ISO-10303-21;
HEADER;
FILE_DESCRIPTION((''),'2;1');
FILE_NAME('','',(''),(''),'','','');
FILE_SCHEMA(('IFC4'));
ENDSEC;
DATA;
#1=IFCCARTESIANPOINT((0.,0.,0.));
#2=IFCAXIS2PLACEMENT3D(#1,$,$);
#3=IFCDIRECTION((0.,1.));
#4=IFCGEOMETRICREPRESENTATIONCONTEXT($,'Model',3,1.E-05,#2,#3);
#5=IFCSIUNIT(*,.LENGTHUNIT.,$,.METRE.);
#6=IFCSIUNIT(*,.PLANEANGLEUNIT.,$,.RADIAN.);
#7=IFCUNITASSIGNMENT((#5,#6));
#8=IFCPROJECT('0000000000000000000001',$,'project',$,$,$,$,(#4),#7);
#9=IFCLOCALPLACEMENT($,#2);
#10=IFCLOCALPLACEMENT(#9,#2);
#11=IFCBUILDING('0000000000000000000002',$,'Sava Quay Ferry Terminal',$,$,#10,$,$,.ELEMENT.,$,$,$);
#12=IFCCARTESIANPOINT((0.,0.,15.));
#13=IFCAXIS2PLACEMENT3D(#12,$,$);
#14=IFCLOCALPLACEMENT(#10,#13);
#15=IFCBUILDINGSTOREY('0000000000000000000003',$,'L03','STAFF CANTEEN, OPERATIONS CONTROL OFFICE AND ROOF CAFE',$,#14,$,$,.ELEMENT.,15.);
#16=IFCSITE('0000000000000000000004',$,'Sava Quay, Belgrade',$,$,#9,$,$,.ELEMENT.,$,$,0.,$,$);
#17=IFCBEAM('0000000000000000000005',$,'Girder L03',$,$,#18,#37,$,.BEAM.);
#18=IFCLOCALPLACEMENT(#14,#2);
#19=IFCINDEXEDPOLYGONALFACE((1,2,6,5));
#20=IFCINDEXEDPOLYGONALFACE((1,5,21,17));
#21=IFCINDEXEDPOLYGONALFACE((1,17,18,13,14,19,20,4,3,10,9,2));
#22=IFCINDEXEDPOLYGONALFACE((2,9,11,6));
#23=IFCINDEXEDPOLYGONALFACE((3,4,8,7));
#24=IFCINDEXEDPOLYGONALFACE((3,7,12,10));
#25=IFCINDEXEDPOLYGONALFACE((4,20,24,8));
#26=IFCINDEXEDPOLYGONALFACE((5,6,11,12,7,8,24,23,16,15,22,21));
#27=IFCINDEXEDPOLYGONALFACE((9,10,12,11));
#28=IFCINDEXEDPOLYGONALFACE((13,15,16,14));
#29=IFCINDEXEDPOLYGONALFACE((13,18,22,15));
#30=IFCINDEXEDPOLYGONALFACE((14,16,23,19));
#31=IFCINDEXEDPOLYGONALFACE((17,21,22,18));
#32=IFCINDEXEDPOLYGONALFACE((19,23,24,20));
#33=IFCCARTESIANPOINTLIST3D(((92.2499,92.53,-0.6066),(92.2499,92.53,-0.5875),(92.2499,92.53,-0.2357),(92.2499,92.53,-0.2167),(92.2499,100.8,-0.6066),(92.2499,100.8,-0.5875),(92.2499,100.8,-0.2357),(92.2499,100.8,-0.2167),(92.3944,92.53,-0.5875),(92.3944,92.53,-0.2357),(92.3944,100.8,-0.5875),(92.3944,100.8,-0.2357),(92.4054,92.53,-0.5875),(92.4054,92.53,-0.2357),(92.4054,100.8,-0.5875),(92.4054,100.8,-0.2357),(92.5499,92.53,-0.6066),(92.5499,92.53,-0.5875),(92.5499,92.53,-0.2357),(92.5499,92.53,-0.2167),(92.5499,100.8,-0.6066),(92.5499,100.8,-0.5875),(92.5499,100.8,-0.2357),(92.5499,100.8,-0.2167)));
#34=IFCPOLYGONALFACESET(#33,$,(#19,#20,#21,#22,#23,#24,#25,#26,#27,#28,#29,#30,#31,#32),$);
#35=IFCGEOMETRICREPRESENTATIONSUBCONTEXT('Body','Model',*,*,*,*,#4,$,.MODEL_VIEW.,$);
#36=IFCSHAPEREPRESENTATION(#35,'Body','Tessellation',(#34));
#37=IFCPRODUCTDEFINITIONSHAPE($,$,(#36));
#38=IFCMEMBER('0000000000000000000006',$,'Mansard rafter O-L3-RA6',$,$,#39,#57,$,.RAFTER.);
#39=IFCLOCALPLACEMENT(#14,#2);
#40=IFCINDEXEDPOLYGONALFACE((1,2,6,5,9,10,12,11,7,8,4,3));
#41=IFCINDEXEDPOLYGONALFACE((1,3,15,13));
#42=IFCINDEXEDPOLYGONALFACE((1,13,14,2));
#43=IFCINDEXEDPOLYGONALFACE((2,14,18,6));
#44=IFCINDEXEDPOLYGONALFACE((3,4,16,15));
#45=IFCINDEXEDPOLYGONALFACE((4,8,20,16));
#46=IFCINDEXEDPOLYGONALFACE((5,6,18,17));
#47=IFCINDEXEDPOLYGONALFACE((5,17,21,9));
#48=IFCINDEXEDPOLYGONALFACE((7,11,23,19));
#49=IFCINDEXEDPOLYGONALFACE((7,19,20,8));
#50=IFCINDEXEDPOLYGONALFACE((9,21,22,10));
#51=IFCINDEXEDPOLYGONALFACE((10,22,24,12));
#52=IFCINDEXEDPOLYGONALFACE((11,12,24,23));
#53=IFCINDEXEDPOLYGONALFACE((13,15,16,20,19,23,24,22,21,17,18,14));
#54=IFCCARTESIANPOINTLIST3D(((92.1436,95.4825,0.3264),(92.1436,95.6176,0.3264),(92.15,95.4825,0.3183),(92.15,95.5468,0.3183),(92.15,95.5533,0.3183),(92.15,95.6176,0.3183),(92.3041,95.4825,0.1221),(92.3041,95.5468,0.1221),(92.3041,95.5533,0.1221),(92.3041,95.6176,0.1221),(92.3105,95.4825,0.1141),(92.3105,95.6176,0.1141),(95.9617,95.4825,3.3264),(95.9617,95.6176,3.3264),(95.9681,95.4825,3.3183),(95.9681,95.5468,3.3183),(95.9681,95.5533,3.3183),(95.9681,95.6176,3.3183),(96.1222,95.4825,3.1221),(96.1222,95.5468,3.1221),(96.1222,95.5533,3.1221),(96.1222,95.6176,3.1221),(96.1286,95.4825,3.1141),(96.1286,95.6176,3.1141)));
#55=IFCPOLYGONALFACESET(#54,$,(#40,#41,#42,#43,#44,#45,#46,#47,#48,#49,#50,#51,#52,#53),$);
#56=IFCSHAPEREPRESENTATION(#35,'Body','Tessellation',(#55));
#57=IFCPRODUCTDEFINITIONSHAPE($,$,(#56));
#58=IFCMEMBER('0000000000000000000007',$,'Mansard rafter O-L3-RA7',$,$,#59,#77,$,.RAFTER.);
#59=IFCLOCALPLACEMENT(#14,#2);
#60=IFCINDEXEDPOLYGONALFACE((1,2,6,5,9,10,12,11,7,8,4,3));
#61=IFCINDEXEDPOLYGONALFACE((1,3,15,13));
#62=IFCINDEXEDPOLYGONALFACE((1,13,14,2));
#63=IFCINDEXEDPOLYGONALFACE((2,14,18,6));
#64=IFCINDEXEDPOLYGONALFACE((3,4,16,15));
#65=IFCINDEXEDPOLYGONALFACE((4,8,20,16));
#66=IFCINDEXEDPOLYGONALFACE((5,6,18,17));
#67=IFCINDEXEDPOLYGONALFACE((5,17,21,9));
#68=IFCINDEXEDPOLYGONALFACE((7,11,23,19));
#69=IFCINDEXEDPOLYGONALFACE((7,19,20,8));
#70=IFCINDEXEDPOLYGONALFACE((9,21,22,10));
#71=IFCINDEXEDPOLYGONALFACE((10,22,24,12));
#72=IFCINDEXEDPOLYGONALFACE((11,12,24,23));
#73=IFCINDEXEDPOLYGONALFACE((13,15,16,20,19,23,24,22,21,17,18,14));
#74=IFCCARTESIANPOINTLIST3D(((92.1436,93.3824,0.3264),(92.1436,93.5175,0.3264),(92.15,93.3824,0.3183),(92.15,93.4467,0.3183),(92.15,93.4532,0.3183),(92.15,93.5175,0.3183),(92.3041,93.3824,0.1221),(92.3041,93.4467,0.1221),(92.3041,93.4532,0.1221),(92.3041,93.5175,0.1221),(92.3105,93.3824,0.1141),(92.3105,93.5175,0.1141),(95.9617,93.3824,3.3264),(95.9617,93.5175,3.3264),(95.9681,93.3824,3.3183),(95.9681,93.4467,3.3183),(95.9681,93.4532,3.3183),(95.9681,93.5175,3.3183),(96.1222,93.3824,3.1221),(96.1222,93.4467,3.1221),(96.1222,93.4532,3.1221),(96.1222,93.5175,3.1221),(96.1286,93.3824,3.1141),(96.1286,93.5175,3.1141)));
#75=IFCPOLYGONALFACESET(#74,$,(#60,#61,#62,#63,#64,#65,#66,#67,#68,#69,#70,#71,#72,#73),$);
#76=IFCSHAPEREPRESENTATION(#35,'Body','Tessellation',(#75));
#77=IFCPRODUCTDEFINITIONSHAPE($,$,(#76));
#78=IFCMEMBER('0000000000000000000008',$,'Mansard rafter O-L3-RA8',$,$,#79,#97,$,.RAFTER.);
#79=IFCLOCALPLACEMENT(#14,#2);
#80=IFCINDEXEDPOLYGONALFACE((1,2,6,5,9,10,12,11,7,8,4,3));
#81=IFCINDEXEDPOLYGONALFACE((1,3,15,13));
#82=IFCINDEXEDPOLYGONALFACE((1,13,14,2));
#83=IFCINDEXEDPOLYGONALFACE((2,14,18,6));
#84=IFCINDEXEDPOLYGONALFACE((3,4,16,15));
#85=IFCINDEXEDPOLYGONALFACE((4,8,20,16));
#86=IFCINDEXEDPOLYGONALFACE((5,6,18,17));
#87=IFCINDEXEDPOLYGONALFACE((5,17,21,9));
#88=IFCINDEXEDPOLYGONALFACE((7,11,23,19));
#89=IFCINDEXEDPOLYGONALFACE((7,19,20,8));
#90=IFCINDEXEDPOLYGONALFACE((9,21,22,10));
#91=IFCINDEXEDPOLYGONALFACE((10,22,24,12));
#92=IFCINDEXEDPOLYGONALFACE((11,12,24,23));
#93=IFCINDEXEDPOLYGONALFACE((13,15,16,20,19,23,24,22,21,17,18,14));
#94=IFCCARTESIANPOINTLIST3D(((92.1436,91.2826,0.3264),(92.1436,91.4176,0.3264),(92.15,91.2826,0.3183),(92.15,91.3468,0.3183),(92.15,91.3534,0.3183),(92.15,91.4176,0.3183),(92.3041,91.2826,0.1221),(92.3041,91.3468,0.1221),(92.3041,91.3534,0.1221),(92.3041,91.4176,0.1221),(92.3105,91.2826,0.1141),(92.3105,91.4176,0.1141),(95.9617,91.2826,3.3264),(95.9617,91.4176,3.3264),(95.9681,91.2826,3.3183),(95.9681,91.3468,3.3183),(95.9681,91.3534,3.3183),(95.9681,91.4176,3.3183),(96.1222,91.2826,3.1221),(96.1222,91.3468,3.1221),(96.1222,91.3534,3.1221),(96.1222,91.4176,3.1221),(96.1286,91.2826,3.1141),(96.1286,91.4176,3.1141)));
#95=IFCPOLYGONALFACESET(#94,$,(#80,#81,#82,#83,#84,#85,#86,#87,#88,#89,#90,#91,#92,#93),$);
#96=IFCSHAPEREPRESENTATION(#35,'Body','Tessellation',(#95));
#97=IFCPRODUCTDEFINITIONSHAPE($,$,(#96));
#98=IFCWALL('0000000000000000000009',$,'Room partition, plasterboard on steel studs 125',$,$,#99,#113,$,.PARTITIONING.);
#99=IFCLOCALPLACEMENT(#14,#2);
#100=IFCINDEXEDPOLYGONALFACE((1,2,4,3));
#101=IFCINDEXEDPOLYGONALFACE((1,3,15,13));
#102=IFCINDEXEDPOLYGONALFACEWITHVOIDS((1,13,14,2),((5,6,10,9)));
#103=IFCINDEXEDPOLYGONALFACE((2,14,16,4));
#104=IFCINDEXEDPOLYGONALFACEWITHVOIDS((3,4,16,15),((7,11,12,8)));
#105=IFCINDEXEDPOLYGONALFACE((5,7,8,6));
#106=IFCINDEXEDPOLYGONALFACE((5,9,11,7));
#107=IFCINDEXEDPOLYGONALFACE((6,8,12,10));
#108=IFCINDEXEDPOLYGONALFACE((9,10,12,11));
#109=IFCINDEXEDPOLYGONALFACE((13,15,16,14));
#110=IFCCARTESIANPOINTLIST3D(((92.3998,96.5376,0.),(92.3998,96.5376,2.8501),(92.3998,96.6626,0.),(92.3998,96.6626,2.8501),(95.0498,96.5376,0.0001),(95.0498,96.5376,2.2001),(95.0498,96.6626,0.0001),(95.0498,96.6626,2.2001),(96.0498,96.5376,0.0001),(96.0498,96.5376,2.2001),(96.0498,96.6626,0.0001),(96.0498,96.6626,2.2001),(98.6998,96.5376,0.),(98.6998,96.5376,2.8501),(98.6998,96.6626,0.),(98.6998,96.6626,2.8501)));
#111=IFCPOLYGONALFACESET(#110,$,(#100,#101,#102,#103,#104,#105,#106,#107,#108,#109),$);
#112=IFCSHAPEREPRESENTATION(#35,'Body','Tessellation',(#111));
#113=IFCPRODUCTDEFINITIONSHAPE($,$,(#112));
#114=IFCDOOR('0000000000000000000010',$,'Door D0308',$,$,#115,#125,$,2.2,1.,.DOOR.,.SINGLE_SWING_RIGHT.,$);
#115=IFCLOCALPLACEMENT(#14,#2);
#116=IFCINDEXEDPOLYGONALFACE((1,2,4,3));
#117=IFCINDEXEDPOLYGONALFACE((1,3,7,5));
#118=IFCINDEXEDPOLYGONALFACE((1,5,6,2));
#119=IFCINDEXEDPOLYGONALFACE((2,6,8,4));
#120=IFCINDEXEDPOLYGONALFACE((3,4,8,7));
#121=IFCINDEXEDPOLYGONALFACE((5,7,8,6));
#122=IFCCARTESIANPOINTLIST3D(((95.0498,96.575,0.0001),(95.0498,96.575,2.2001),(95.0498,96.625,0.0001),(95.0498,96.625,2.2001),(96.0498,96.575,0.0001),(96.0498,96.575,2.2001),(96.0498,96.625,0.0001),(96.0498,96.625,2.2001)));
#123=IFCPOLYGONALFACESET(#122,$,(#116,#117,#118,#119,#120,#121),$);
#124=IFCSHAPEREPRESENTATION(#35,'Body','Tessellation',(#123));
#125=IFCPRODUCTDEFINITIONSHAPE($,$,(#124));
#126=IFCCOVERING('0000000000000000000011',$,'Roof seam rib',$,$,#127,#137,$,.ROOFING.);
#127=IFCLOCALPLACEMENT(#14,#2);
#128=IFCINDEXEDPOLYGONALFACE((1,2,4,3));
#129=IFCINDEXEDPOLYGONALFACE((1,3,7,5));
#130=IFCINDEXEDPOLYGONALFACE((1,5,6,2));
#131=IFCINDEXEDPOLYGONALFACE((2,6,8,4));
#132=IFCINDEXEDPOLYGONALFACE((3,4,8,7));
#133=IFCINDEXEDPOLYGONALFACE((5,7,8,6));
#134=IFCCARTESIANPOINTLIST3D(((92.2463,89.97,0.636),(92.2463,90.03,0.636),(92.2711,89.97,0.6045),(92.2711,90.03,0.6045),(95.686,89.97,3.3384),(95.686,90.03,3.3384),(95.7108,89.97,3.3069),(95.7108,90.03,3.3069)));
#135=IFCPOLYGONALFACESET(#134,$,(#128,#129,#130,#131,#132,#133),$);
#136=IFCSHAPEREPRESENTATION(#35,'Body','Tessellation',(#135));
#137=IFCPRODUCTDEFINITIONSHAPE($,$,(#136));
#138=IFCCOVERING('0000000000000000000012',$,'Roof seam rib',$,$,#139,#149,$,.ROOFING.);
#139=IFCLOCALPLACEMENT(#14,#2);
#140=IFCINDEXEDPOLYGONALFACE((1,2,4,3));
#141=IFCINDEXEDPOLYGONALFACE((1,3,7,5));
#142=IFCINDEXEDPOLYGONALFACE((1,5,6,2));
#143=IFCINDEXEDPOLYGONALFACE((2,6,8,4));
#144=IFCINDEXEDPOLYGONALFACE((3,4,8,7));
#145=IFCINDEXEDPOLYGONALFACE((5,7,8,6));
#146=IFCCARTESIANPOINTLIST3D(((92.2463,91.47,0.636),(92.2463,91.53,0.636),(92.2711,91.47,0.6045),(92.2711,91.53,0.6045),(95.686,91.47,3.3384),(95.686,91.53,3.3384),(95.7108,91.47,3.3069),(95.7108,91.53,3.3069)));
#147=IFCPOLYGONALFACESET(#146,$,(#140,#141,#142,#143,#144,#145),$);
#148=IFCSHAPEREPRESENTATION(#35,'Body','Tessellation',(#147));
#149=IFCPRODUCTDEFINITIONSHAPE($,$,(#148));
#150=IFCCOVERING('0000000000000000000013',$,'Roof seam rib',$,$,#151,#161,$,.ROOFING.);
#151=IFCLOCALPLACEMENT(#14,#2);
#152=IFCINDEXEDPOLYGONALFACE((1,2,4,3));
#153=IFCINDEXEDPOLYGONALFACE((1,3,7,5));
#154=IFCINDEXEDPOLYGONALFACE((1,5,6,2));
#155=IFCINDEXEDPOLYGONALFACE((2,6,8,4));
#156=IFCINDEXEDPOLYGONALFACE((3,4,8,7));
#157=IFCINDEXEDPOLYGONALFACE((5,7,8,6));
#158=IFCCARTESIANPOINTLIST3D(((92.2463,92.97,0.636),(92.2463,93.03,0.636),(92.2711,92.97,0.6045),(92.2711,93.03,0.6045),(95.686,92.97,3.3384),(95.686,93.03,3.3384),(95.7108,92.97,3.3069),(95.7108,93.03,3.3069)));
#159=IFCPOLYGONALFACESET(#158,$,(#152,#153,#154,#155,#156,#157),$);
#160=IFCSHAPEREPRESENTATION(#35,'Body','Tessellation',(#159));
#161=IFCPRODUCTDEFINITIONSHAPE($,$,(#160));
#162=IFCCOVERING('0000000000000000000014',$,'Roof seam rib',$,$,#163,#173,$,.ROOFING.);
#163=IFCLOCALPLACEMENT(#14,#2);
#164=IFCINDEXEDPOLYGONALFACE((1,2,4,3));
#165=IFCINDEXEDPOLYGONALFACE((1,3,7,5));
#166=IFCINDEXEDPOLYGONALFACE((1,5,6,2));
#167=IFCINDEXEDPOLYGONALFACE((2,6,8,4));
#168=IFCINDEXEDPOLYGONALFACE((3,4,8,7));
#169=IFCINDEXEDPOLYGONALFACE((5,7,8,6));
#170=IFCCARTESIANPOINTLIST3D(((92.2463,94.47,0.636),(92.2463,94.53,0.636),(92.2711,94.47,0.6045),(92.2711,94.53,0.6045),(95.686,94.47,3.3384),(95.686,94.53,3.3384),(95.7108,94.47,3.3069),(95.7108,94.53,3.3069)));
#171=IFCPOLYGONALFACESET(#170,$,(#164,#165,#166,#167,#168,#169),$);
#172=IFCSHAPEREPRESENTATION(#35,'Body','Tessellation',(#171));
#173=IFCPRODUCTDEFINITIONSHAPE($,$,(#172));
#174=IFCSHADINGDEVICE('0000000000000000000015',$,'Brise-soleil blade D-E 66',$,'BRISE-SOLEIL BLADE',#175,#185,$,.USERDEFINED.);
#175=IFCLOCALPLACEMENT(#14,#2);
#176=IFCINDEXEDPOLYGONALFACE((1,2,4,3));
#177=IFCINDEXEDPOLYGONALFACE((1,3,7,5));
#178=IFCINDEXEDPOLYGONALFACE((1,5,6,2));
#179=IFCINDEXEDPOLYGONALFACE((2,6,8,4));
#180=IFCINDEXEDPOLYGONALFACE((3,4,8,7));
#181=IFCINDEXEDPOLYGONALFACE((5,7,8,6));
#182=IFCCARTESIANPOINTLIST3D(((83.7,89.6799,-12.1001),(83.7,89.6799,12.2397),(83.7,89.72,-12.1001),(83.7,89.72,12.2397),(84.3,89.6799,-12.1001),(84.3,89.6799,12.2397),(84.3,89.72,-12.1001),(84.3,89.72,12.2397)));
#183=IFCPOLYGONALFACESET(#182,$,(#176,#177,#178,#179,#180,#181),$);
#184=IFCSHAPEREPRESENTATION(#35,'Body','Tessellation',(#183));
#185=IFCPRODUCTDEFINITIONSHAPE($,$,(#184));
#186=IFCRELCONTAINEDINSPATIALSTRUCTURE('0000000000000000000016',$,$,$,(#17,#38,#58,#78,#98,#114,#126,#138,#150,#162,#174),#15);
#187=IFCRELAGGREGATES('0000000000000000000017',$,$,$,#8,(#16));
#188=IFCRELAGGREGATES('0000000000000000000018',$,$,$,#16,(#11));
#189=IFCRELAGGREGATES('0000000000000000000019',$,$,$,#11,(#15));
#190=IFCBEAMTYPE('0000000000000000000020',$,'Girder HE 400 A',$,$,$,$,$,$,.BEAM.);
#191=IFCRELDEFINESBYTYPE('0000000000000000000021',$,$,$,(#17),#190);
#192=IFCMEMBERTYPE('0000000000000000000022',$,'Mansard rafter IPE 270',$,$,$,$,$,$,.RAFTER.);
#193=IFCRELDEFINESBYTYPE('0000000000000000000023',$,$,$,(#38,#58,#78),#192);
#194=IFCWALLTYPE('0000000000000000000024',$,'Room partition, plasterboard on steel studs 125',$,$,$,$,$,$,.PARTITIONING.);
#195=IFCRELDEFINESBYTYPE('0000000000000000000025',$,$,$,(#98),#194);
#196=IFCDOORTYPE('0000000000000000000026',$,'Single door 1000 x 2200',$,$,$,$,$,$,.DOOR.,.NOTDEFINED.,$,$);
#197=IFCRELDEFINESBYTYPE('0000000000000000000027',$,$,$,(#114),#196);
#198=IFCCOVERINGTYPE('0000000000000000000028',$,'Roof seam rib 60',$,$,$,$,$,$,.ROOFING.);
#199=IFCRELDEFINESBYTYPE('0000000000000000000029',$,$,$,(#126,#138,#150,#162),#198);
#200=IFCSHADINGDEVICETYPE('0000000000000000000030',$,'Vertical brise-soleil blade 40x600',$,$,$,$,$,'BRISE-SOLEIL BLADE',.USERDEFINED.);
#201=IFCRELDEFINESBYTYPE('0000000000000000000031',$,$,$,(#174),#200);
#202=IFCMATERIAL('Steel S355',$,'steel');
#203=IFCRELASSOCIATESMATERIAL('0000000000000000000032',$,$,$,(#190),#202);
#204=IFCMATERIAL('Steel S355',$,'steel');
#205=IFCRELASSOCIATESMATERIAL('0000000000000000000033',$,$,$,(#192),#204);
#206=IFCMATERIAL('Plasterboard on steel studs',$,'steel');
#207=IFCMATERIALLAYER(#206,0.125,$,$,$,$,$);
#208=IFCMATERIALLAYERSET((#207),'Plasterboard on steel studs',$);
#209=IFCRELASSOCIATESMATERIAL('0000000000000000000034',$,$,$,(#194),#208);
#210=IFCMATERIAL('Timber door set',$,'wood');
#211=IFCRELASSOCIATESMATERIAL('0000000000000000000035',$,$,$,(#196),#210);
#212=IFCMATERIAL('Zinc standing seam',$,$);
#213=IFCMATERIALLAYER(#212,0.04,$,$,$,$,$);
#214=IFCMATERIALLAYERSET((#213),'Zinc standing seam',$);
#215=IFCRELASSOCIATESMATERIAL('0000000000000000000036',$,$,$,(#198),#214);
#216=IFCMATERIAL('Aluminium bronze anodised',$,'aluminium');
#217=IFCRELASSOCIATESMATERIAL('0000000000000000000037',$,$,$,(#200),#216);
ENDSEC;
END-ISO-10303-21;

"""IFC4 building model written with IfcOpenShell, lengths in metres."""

from ifc_helpers import new_model, si_unit, direction, frame, frame_2d, origin, origin_2d, place, context, subcontext, project, spatial, polyline, rectangle, i_section, outline, extrude, material, layer, layer_set, material_profile, profile_set, type_object, element, fill, save


model = new_model("IFC4")

# Units and contexts
model_context = context("Model", 3, precision=1e-05, world=origin(), true_north=direction((0.0, 1.0)))
body_context = subcontext(model_context, "Body", "Model", "MODEL_VIEW")
ifc_project = project(units=[si_unit("LENGTHUNIT", "METRE"), si_unit("PLANEANGLEUNIT", "RADIAN")], contexts=[model_context])

# Site, building, storey
site_placement = place(None, origin())
site = spatial("IfcSite", under=ifc_project, at=site_placement, Name="Sava Quay, Belgrade", CompositionType="ELEMENT", RefElevation=0.0)
building_placement = place(site_placement, origin())
building = spatial("IfcBuilding", under=site, at=building_placement, Name="Sava Quay Ferry Terminal", CompositionType="ELEMENT")
storey_placement = place(building_placement, frame((0.0, 0.0, 15.0)))
storey = spatial("IfcBuildingStorey", under=building, at=storey_placement, Name="L03", Description="STAFF CANTEEN, OPERATIONS CONTROL OFFICE AND ROOF CAFE", CompositionType="ELEMENT", Elevation=15.0)

# Beam
ifc_material_1 = material(Name="Steel S355", Category="steel")
ifc_material_profile_1 = material_profile(ifc_material_1, i_section(OverallWidth=0.3, OverallDepth=0.3899, WebThickness=0.011, FlangeThickness=0.019, at=origin_2d()), Name="HE 400 A")
ifc_profile_set_1 = profile_set([ifc_material_profile_1], Name="Steel S355")
beam_type_1 = type_object("IfcBeamType", Name="Girder HE 400 A", PredefinedType="BEAM", material=ifc_profile_set_1)
beam_1_placement = place(storey_placement, frame((92.3999, 92.53, -0.4116), z_axis=(0.0, 1.0, 0.0), x_axis=(-1.0, 0.0, 0.0)))
element("IfcBeam", 1, at=beam_1_placement, inside=storey, type_object=beam_type_1, Name="Girder L03", PredefinedType="BEAM", context=body_context, shape_type="SweptSolid", body=[
    extrude(i_section(OverallWidth=0.3, OverallDepth=0.3899, WebThickness=0.011, FlangeThickness=0.019, at=origin_2d()), origin(), (0.0, 0.0, 1.0), 8.27),
])

# Members
ifc_material_2 = material(Name="Steel S355", Category="steel")
ifc_material_profile_2 = material_profile(ifc_material_2, i_section(OverallWidth=0.135, OverallDepth=0.27, WebThickness=0.0066, FlangeThickness=0.0103, at=origin_2d()), Name="IPE 270")
ifc_profile_set_2 = profile_set([ifc_material_profile_2], Name="Steel S355")
member_type = type_object("IfcMemberType", Name="Mansard rafter IPE 270", PredefinedType="RAFTER", material=ifc_profile_set_2)
for number, where, z_axis, x_axis, name in (
    (2, (92.2271, 95.55, 0.2202), (0.786313, 0.0, 0.617828), (0.0, 1.0, 0.0), "Mansard rafter O-L3-RA6"),
    (3, (92.2271, 93.45, 0.2202), (0.786313, 0.0, 0.617828), (0.0, 1.0, 0.0), "Mansard rafter O-L3-RA7"),
    (4, (92.2271, 91.3501, 0.2202), (0.786313, 0.0, 0.617828), (0.0, 1.0, 0.0), "Mansard rafter O-L3-RA8"),
):
    element("IfcMember", number, at=place(storey_placement, frame(where, z_axis=z_axis, x_axis=x_axis)), inside=storey, type_object=member_type, Name=name, PredefinedType="RAFTER", context=body_context, shape_type="SweptSolid", body=[
        extrude(i_section(OverallWidth=0.135, OverallDepth=0.27, WebThickness=0.0066, FlangeThickness=0.0103, at=origin_2d()), origin(), (0.0, 0.0, 1.0), 4.8557),
    ])

# Wall, opening, door
ifc_material_3 = material(Name="Plasterboard on steel studs", Category="steel")
ifc_layer_1 = layer(ifc_material_3, 0.125)
ifc_layer_set_1 = layer_set([ifc_layer_1], Name="Plasterboard on steel studs")
wall_type = type_object("IfcWallType", Name="Room partition, plasterboard on steel studs 125", PredefinedType="PARTITIONING", material=ifc_layer_set_1)
wall_placement = place(storey_placement, frame((92.3999, 96.6001, 0.0), z_axis=(0.0, 0.0, 1.0), x_axis=(1.0, 0.0, 0.0)))
wall = element("IfcWall", 5, at=wall_placement, inside=storey, type_object=wall_type, Name="Room partition, plasterboard on steel studs 125", PredefinedType="PARTITIONING", context=body_context, shape_type="SweptSolid", body=[
    extrude(rectangle(XDim=6.3, YDim=0.125, at=frame_2d((3.1499, 0.0))), origin(), (0.0, 0.0, 1.0), 2.8501),
])
opening_placement = place(wall_placement, frame((2.6499, 0.0, 0.0)))
opening = element("IfcOpeningElement", 6, at=opening_placement, cuts=wall, PredefinedType="OPENING", context=body_context, shape_type="SweptSolid", body=[
    extrude(rectangle(XDim=1.0, YDim=2.2, at=frame_2d((0.5, 1.1001))), frame((0.0, 0.0625, 0.0), z_axis=(0.0, -1.0, 0.0), x_axis=(1.0, 0.0, 0.0)), (0.0, 0.0, 1.0), 0.125),
])
ifc_material_4 = material(Name="Timber door set", Category="wood")
door_type = type_object("IfcDoorType", Name="Single door 1000 x 2200", OperationType="NOTDEFINED", PredefinedType="DOOR", material=ifc_material_4)
door_placement = place(opening_placement, origin())
door = element("IfcDoor", 7, at=door_placement, inside=storey, type_object=door_type, Name="Door D0308", OperationType="SINGLE_SWING_RIGHT", OverallHeight=2.2, OverallWidth=1.0, PredefinedType="DOOR", context=body_context, shape_type="SweptSolid", body=[
    extrude(rectangle(XDim=1.0, YDim=2.2, at=frame_2d((0.5, 1.1001))), frame((0.0, 0.0249, 0.0), z_axis=(0.0, -1.0, 0.0), x_axis=(1.0, 0.0, 0.0)), (0.0, 0.0, 1.0), 0.05),
])
fill(opening, door)

# Coverings
ifc_material_5 = material(Name="Zinc standing seam")
ifc_layer_2 = layer(ifc_material_5, 0.04)
ifc_layer_set_2 = layer_set([ifc_layer_2], Name="Zinc standing seam")
covering_type = type_object("IfcCoveringType", Name="Roof seam rib 60", PredefinedType="ROOFING", material=ifc_layer_set_2)
for number, where, z_axis, x_axis, name in (
    (8, (92.2463, 90.03, 0.636), (-0.61779, 0.0, 0.786344), (0.786344, 0.0, 0.61779), "Roof seam rib"),
    (9, (92.2463, 91.53, 0.636), (-0.61779, 0.0, 0.786344), (0.786344, 0.0, 0.61779), "Roof seam rib"),
    (10, (92.2463, 93.03, 0.636), (-0.61779, 0.0, 0.786344), (0.786344, 0.0, 0.61779), "Roof seam rib"),
    (11, (92.2463, 94.53, 0.636), (-0.61779, 0.0, 0.786344), (0.786344, 0.0, 0.61779), "Roof seam rib"),
):
    element("IfcCovering", number, at=place(storey_placement, frame(where, z_axis=z_axis, x_axis=x_axis)), inside=storey, type_object=covering_type, Name=name, PredefinedType="ROOFING", context=body_context, shape_type="SweptSolid", body=[
        extrude(outline(polyline([(0.0, 0.0), (4.3743, 0.0), (4.3743, -0.0601), (0.0, -0.0601), (0.0, 0.0)])), origin(), (0.0, 0.0, -1.0), 0.04),
    ])

# Shading device
ifc_material_6 = material(Name="Aluminium bronze anodised", Category="aluminium")
ifc_material_profile_3 = material_profile(ifc_material_6, rectangle(XDim=0.04, YDim=0.6001, at=origin_2d()), Name="Vertical brise-soleil blade 40x600")
ifc_profile_set_3 = profile_set([ifc_material_profile_3], Name="Aluminium bronze anodised")
shading_device_type = type_object("IfcShadingDeviceType", Name="Vertical brise-soleil blade 40x600", ElementType="BRISE-SOLEIL BLADE", PredefinedType="USERDEFINED", material=ifc_profile_set_3)
shading_device_1_placement = place(storey_placement, frame((84.0, 89.7, -12.1001), z_axis=(0.0, 0.0, 1.0), x_axis=(0.0, 1.0, 0.0)))
element("IfcShadingDevice", 12, at=shading_device_1_placement, inside=storey, type_object=shading_device_type, Name="Brise-soleil blade D-E 66", ObjectType="BRISE-SOLEIL BLADE", PredefinedType="USERDEFINED", context=body_context, shape_type="SweptSolid", body=[
    extrude(rectangle(XDim=0.04, YDim=0.6001, at=origin_2d()), origin(), (0.0, 0.0, 1.0), 24.3398),
])

save(model, "model.ifc")
